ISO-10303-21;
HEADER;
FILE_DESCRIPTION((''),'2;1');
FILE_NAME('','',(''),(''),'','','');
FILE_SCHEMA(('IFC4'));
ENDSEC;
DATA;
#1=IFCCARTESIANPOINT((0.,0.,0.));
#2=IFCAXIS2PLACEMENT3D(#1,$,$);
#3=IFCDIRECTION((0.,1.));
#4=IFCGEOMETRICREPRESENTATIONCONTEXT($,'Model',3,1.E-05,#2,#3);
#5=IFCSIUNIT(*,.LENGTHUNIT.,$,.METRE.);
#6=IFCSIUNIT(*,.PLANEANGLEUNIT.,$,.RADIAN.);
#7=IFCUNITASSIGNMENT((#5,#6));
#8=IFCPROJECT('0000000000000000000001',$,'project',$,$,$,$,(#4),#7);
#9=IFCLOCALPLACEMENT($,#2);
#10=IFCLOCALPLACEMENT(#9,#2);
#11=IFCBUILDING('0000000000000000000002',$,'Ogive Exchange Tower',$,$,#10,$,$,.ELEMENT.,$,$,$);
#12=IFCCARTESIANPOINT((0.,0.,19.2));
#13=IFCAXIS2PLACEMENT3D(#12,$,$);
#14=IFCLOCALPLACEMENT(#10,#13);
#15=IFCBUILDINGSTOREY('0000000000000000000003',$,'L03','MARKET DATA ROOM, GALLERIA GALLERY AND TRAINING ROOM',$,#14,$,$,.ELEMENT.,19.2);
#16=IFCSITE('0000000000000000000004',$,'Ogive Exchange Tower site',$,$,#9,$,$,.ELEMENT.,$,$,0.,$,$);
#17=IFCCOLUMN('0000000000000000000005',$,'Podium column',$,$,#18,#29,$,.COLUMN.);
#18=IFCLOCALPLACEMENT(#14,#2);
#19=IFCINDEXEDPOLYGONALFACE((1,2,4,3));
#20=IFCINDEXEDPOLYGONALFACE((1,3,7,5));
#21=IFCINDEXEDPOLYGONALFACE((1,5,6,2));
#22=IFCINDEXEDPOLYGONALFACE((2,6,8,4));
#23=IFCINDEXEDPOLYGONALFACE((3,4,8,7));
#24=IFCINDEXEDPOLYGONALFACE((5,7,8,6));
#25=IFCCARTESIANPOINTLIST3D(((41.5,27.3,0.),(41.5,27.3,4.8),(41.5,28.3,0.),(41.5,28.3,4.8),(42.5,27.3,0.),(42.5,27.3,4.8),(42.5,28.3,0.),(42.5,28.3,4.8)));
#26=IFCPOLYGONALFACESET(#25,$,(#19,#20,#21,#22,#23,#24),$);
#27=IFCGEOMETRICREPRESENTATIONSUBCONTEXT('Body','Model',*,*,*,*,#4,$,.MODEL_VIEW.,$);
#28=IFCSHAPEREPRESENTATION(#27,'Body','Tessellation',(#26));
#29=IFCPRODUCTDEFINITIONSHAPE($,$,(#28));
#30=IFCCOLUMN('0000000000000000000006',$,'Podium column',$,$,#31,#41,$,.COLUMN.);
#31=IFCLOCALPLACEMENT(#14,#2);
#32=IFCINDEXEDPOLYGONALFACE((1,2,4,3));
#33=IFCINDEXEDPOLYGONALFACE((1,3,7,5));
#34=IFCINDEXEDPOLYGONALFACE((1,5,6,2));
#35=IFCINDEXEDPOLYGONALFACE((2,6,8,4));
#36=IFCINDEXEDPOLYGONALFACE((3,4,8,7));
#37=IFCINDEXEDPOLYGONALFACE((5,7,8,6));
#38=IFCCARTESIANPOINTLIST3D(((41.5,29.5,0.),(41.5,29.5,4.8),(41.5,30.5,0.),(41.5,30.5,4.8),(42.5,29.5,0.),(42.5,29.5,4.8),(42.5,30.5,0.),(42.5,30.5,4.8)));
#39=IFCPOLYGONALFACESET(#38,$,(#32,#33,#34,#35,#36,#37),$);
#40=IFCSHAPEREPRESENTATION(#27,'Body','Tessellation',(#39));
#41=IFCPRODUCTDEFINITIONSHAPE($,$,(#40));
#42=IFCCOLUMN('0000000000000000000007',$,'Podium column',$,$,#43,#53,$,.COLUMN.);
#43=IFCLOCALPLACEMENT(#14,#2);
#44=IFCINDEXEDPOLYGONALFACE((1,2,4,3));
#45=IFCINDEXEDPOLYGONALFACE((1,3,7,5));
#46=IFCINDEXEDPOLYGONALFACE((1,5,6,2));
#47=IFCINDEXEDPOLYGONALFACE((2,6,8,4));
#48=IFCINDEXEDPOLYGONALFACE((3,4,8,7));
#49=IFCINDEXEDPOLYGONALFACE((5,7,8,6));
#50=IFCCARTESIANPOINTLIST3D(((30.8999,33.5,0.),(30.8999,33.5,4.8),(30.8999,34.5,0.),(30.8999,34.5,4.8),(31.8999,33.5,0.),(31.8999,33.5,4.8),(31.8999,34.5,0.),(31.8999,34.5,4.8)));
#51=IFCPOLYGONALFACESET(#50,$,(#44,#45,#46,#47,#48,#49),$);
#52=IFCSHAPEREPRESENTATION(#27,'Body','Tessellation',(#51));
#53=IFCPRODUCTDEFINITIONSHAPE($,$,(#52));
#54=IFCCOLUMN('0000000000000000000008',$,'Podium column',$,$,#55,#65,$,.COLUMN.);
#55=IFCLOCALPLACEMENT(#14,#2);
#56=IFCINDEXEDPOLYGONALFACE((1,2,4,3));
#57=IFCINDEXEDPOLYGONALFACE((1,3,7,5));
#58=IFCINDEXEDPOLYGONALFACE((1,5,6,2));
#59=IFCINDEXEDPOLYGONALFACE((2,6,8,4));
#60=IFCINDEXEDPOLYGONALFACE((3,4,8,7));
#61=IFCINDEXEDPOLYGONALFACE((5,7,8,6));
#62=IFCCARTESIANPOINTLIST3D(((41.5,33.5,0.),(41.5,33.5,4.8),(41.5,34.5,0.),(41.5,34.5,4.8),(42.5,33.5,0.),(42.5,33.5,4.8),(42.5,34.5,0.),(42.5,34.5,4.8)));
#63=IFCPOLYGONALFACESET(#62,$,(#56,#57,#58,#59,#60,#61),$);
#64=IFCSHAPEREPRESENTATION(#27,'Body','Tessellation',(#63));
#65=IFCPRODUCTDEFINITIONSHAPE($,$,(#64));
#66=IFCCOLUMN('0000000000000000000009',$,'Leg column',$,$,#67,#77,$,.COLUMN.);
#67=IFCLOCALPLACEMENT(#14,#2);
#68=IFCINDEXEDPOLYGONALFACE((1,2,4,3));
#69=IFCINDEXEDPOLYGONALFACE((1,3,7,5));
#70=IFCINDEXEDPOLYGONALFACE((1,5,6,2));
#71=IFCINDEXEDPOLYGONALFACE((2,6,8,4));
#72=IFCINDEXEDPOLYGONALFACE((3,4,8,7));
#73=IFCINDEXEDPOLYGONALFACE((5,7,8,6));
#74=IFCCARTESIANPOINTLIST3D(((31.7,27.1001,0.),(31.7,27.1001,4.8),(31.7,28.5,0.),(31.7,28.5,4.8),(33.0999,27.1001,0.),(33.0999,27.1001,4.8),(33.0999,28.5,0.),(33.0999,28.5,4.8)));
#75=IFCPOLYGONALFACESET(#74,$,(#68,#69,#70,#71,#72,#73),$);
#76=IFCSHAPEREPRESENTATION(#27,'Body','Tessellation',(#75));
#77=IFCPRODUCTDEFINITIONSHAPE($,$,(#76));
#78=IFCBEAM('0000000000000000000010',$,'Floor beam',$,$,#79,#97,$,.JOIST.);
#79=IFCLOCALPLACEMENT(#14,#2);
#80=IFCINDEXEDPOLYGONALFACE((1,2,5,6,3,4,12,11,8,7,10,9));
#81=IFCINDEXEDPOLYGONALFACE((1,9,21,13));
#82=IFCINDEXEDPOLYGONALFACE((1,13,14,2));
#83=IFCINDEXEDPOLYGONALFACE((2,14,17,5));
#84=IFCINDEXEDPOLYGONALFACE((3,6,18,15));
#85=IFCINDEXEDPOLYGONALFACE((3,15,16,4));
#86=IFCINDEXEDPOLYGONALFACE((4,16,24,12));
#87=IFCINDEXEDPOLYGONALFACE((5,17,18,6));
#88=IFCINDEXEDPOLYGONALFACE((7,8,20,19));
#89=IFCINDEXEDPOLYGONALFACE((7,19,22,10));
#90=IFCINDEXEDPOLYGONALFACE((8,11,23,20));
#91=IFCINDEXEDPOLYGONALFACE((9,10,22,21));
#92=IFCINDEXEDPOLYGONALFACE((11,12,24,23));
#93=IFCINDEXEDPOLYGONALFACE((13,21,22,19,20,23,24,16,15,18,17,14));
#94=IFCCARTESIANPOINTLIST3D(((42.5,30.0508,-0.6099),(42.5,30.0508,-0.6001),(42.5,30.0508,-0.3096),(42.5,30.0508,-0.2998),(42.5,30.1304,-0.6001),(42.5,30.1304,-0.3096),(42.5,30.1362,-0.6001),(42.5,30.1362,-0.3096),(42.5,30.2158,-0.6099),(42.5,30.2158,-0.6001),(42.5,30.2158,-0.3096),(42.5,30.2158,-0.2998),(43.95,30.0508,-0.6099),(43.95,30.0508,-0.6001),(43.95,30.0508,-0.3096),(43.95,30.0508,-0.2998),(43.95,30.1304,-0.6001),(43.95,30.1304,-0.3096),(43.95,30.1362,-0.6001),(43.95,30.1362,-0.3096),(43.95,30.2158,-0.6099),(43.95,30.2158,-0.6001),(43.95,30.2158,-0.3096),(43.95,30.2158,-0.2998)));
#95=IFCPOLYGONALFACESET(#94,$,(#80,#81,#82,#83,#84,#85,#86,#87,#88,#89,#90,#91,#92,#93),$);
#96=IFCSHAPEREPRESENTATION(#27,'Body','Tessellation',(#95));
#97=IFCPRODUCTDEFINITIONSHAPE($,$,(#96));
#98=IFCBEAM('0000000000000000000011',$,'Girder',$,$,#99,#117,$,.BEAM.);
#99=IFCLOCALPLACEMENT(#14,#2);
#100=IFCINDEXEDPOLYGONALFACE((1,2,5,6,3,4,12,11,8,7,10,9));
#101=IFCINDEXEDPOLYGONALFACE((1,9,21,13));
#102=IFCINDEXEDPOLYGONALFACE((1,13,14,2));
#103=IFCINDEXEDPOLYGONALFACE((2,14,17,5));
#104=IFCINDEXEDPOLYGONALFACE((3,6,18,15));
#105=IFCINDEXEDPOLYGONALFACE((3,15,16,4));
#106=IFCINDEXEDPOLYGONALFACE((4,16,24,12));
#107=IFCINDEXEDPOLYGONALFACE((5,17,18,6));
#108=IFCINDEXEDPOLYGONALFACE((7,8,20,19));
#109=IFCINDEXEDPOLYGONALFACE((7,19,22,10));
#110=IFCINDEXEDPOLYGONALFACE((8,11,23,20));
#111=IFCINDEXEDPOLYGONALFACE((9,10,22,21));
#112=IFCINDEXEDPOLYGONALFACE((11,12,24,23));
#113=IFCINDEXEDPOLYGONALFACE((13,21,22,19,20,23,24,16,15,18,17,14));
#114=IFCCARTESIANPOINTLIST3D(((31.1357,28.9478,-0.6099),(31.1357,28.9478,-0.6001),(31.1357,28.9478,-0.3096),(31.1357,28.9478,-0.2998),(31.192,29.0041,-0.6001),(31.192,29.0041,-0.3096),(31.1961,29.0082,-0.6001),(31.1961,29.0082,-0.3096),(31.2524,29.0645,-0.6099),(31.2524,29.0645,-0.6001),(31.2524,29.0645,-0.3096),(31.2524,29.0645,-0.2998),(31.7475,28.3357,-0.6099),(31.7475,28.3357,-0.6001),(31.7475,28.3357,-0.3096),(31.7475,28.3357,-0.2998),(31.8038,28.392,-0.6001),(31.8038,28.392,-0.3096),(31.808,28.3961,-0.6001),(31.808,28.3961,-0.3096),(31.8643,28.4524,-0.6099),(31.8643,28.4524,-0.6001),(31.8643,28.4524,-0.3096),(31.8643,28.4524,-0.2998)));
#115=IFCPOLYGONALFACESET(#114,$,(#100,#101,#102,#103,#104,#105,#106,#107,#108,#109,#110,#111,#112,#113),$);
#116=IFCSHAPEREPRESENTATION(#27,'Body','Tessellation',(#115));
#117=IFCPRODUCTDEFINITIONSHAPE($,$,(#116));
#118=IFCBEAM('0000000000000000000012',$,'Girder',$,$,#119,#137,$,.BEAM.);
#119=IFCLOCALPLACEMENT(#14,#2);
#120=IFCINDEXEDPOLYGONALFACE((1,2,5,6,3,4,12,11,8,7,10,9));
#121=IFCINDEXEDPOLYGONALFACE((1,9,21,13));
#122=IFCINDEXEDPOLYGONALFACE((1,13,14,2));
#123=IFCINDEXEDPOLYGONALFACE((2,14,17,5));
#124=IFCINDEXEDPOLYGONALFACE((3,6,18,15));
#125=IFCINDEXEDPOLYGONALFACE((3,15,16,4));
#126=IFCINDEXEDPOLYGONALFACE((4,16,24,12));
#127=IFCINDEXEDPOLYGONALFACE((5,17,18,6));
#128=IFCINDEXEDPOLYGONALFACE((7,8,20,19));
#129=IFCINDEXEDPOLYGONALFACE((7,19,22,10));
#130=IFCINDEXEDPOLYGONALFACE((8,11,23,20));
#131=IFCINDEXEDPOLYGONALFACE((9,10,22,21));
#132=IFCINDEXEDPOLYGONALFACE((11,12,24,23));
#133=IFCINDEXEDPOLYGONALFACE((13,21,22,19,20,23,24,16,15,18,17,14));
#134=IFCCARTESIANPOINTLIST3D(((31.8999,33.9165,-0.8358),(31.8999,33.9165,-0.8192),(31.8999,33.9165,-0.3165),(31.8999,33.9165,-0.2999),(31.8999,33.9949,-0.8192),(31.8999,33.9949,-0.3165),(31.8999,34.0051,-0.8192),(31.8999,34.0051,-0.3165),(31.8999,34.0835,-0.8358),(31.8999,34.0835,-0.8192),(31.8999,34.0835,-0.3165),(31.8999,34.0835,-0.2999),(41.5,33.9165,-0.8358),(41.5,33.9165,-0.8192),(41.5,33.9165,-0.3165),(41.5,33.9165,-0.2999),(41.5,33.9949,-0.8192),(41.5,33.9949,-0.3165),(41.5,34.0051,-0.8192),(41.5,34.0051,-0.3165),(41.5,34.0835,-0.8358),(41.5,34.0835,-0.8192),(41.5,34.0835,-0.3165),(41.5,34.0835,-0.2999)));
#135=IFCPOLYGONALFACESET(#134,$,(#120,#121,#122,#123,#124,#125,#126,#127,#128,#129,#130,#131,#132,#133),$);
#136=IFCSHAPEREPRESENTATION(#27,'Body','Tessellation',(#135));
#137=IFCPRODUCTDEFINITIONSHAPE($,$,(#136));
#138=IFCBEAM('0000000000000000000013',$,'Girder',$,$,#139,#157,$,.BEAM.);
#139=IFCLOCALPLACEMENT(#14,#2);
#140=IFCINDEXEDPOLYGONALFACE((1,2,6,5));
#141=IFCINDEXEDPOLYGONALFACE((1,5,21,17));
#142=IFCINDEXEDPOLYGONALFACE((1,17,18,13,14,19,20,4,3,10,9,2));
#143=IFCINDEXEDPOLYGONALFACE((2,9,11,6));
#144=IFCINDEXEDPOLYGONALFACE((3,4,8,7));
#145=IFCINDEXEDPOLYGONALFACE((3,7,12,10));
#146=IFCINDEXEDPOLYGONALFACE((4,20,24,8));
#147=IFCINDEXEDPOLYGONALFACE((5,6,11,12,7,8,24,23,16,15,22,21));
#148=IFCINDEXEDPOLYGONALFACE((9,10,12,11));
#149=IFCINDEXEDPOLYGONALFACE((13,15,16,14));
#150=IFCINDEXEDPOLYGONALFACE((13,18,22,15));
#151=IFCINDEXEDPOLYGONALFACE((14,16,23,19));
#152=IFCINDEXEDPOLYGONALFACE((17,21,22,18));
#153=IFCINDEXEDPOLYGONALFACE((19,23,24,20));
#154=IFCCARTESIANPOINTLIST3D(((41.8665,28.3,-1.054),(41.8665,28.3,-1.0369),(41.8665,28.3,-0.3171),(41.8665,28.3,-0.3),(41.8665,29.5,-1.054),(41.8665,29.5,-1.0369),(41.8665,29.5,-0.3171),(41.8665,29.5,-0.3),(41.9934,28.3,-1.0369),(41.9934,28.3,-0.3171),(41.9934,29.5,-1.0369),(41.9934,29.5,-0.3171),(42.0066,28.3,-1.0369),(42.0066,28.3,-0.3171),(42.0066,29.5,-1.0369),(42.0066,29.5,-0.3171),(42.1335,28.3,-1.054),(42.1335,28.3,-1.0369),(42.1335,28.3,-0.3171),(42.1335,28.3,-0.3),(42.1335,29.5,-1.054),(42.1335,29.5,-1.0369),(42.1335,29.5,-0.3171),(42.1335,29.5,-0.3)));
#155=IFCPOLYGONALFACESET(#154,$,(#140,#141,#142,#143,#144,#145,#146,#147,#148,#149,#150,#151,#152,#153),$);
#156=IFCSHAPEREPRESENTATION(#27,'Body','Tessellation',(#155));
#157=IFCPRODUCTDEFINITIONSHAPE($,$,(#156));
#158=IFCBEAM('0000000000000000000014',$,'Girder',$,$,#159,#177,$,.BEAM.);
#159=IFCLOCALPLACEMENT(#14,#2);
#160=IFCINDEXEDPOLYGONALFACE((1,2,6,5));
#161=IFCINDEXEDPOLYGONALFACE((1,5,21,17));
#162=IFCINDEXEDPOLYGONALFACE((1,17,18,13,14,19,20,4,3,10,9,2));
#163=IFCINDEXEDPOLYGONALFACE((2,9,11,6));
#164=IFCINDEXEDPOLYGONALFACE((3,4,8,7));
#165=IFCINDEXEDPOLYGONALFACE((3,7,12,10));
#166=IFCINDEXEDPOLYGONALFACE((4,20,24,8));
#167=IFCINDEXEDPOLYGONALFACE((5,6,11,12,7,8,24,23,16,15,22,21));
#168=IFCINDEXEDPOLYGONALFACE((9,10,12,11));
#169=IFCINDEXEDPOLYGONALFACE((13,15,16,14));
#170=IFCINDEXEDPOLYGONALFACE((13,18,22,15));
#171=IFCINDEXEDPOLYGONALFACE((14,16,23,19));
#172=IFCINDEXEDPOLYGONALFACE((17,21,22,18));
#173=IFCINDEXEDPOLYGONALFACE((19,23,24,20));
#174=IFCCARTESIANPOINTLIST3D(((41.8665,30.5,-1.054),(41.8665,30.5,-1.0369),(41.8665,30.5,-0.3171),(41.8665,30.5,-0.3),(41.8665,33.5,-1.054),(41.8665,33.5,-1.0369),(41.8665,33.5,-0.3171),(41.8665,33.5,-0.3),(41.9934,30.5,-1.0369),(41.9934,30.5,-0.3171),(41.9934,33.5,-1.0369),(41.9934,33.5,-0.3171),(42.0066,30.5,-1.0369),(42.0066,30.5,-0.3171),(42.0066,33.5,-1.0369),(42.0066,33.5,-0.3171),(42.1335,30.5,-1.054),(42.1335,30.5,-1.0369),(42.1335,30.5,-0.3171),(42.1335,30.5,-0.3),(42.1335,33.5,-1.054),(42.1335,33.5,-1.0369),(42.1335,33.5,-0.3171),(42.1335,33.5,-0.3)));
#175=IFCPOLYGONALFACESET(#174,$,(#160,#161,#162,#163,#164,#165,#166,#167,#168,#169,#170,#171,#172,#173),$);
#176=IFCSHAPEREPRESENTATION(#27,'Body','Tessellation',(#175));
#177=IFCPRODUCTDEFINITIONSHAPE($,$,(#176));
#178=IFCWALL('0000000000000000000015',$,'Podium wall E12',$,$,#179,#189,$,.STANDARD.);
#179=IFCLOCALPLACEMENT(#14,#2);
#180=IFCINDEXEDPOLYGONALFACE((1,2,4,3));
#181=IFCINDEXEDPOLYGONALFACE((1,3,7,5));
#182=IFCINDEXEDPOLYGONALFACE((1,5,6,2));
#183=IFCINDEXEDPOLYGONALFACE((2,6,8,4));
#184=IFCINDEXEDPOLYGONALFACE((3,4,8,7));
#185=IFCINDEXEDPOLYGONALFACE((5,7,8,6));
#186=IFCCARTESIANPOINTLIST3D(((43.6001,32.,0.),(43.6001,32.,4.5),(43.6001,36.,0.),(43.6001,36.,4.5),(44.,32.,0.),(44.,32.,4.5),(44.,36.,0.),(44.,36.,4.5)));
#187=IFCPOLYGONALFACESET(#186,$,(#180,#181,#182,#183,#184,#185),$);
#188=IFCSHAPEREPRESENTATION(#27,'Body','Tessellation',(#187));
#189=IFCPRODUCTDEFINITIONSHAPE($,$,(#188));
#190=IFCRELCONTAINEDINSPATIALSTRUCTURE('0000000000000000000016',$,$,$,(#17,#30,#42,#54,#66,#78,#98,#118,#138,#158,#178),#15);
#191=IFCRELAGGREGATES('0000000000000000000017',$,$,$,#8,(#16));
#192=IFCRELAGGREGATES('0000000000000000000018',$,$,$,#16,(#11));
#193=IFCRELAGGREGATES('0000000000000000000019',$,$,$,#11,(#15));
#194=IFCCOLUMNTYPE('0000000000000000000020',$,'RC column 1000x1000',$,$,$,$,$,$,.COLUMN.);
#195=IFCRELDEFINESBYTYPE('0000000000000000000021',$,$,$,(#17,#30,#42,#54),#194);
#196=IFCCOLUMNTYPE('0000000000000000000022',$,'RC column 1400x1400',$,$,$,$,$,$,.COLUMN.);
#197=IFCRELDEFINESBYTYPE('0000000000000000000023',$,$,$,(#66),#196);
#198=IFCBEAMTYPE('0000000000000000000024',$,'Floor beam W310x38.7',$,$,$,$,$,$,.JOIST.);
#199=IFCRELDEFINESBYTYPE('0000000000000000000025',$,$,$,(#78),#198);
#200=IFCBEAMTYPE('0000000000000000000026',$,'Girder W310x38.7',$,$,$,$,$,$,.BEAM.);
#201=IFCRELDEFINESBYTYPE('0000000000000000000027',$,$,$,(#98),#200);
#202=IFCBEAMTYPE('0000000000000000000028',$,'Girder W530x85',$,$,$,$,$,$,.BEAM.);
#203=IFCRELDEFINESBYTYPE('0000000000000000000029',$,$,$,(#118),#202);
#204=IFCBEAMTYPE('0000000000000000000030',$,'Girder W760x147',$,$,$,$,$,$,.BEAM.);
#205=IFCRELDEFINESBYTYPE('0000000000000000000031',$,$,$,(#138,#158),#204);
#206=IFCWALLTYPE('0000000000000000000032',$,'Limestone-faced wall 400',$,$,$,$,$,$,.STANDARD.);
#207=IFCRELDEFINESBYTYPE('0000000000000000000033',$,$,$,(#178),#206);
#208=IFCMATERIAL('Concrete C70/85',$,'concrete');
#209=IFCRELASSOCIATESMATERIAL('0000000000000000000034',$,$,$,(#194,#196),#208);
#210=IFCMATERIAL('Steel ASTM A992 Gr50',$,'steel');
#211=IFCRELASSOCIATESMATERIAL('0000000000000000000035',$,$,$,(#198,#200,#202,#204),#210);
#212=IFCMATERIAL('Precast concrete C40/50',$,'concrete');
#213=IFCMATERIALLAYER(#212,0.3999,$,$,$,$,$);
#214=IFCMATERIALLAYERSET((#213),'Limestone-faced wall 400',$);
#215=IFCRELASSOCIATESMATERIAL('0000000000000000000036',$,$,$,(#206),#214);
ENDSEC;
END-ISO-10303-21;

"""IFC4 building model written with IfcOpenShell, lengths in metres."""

from ifc_helpers import new_model, si_unit, direction, frame, frame_2d, origin, origin_2d, place, context, subcontext, project, spatial, rectangle, i_section, extrude, material, layer, layer_set, material_profile, profile_set, type_object, element, save


model = new_model("IFC4")

# Units and contexts
model_context = context("Model", 3, precision=1e-05, world=origin(), true_north=direction((0.0, 1.0)))
body_context = subcontext(model_context, "Body", "Model", "MODEL_VIEW")
ifc_project = project(units=[si_unit("LENGTHUNIT", "METRE"), si_unit("PLANEANGLEUNIT", "RADIAN")], contexts=[model_context])

# Site, building, storey
site_placement = place(None, origin())
site = spatial("IfcSite", under=ifc_project, at=site_placement, Name="Ogive Exchange Tower site", CompositionType="ELEMENT", RefElevation=0.0)
building_placement = place(site_placement, origin())
building = spatial("IfcBuilding", under=site, at=building_placement, Name="Ogive Exchange Tower", CompositionType="ELEMENT")
storey_placement = place(building_placement, frame((0.0, 0.0, 19.2)))
storey = spatial("IfcBuildingStorey", under=building, at=storey_placement, Name="L03", Description="MARKET DATA ROOM, GALLERIA GALLERY AND TRAINING ROOM", CompositionType="ELEMENT", Elevation=19.2)

# Columns
ifc_material_1 = material(Name="Concrete C70/85", Category="concrete")
ifc_material_profile_1 = material_profile(ifc_material_1, rectangle(XDim=1.0, YDim=1.0, at=origin_2d()), Name="RC 1000x1000")
ifc_profile_set_1 = profile_set([ifc_material_profile_1], Name="Concrete C70/85")
column_type_1 = type_object("IfcColumnType", Name="RC column 1000x1000", PredefinedType="COLUMN", material=ifc_profile_set_1)
for number, where, z_axis, x_axis, name in (
    (1, (42.0, 27.8, 0.0), (0.0, 0.0, 1.0), (1.0, 0.0, 0.0), "Podium column"),
    (2, (42.0, 30.0, 0.0), (0.0, 0.0, 1.0), (1.0, 0.0, 0.0), "Podium column"),
    (3, (31.3999, 34.0, 0.0), (0.0, 0.0, 1.0), (1.0, 0.0, 0.0), "Podium column"),
    (4, (42.0, 34.0, 0.0), (0.0, 0.0, 1.0), (1.0, 0.0, 0.0), "Podium column"),
):
    element("IfcColumn", number, at=place(storey_placement, frame(where, z_axis=z_axis, x_axis=x_axis)), inside=storey, type_object=column_type_1, Name=name, PredefinedType="COLUMN", context=body_context, shape_type="SweptSolid", body=[
        extrude(rectangle(XDim=1.0, YDim=1.0, at=origin_2d()), origin(), (0.0, 0.0, 1.0), 4.8),
    ])
ifc_material_profile_2 = material_profile(ifc_material_1, rectangle(XDim=1.3999, YDim=1.3999, at=origin_2d()), Name="RC 1400x1400")
ifc_profile_set_2 = profile_set([ifc_material_profile_2], Name="Concrete C70/85")
column_type_2 = type_object("IfcColumnType", Name="RC column 1400x1400", PredefinedType="COLUMN", material=ifc_profile_set_2)
column_placement = place(storey_placement, frame((32.3999, 27.8, 0.0), z_axis=(0.0, 0.0, 1.0), x_axis=(1.0, 0.0, 0.0)))
element("IfcColumn", 5, at=column_placement, inside=storey, type_object=column_type_2, Name="Leg column", PredefinedType="COLUMN", context=body_context, shape_type="SweptSolid", body=[
    extrude(rectangle(XDim=1.3999, YDim=1.3999, at=origin_2d()), origin(), (0.0, 0.0, 1.0), 4.8),
])

# Beams
ifc_material_2 = material(Name="Steel ASTM A992 Gr50", Category="steel")
ifc_material_profile_3 = material_profile(ifc_material_2, i_section(OverallWidth=0.165, OverallDepth=0.3101, WebThickness=0.0059, FlangeThickness=0.0098, at=origin_2d()), Name="W310x38.7")
ifc_profile_set_3 = profile_set([ifc_material_profile_3], Name="Steel ASTM A992 Gr50")
beam_type_1 = type_object("IfcBeamType", Name="Floor beam W310x38.7", PredefinedType="JOIST", material=ifc_profile_set_3)
beam_1_placement = place(storey_placement, frame((42.5, 30.1333, -0.4548), z_axis=(1.0, 0.0, 0.0), x_axis=(0.0, 1.0, 0.0)))
element("IfcBeam", 6, at=beam_1_placement, inside=storey, type_object=beam_type_1, Name="Floor beam", PredefinedType="JOIST", context=body_context, shape_type="SweptSolid", body=[
    extrude(i_section(OverallWidth=0.165, OverallDepth=0.3101, WebThickness=0.0059, FlangeThickness=0.0098, at=origin_2d()), origin(), (0.0, 0.0, 1.0), 1.45),
])
ifc_material_profile_4 = material_profile(ifc_material_2, i_section(OverallWidth=0.165, OverallDepth=0.3101, WebThickness=0.0059, FlangeThickness=0.0098, at=origin_2d()), Name="W310x38.7")
ifc_profile_set_4 = profile_set([ifc_material_profile_4], Name="Steel ASTM A992 Gr50")
beam_type_2 = type_object("IfcBeamType", Name="Girder W310x38.7", PredefinedType="BEAM", material=ifc_profile_set_4)
beam_2_placement = place(storey_placement, frame((31.8059, 28.394, -0.4548), z_axis=(-0.706966, 0.707248, 0.0), x_axis=(-0.707248, -0.706966, 0.0)))
element("IfcBeam", 7, at=beam_2_placement, inside=storey, type_object=beam_type_2, Name="Girder", PredefinedType="BEAM", context=body_context, shape_type="SweptSolid", body=[
    extrude(i_section(OverallWidth=0.165, OverallDepth=0.3101, WebThickness=0.0059, FlangeThickness=0.0098, at=origin_2d()), origin(), (0.0, 0.0, 1.0), 0.8655),
])
ifc_material_profile_5 = material_profile(ifc_material_2, i_section(OverallWidth=0.167, OverallDepth=0.5359, WebThickness=0.0103, FlangeThickness=0.0166, at=origin_2d()), Name="W530x85")
ifc_profile_set_5 = profile_set([ifc_material_profile_5], Name="Steel ASTM A992 Gr50")
beam_type_3 = type_object("IfcBeamType", Name="Girder W530x85", PredefinedType="BEAM", material=ifc_profile_set_5)
beam_3_placement = place(storey_placement, frame((31.8999, 34.0, -0.5679), z_axis=(1.0, 0.0, 0.0), x_axis=(0.0, 1.0, 0.0)))
element("IfcBeam", 8, at=beam_3_placement, inside=storey, type_object=beam_type_3, Name="Girder", PredefinedType="BEAM", context=body_context, shape_type="SweptSolid", body=[
    extrude(i_section(OverallWidth=0.167, OverallDepth=0.5359, WebThickness=0.0103, FlangeThickness=0.0166, at=origin_2d()), origin(), (0.0, 0.0, 1.0), 9.6001),
])
ifc_material_profile_6 = material_profile(ifc_material_2, i_section(OverallWidth=0.2671, OverallDepth=0.7539, WebThickness=0.0132, FlangeThickness=0.0171, at=origin_2d()), Name="W760x147")
ifc_profile_set_6 = profile_set([ifc_material_profile_6], Name="Steel ASTM A992 Gr50")
beam_type_4 = type_object("IfcBeamType", Name="Girder W760x147", PredefinedType="BEAM", material=ifc_profile_set_6)
beam_4_placement = place(storey_placement, frame((42.0, 28.3, -0.677), z_axis=(0.0, 1.0, 0.0), x_axis=(-1.0, 0.0, 0.0)))
element("IfcBeam", 9, at=beam_4_placement, inside=storey, type_object=beam_type_4, Name="Girder", PredefinedType="BEAM", context=body_context, shape_type="SweptSolid", body=[
    extrude(i_section(OverallWidth=0.2671, OverallDepth=0.7539, WebThickness=0.0132, FlangeThickness=0.0171, at=origin_2d()), origin(), (0.0, 0.0, 1.0), 1.2),
])
beam_5_placement = place(storey_placement, frame((42.0, 30.5, -0.677), z_axis=(0.0, 1.0, 0.0), x_axis=(-1.0, 0.0, 0.0)))
element("IfcBeam", 10, at=beam_5_placement, inside=storey, type_object=beam_type_4, Name="Girder", PredefinedType="BEAM", context=body_context, shape_type="SweptSolid", body=[
    extrude(i_section(OverallWidth=0.2671, OverallDepth=0.7539, WebThickness=0.0132, FlangeThickness=0.0171, at=origin_2d()), origin(), (0.0, 0.0, 1.0), 3.0),
])

# Wall
ifc_material_3 = material(Name="Precast concrete C40/50", Category="concrete")
ifc_layer_1 = layer(ifc_material_3, 0.3999)
ifc_layer_set_1 = layer_set([ifc_layer_1], Name="Limestone-faced wall 400")
wall_type_1 = type_object("IfcWallType", Name="Limestone-faced wall 400", PredefinedType="STANDARD", material=ifc_layer_set_1)
wall_1_placement = place(storey_placement, frame((43.8, 32.0, 0.0), z_axis=(0.0, 0.0, 1.0), x_axis=(0.0, 1.0, 0.0)))
element("IfcWall", 11, at=wall_1_placement, inside=storey, type_object=wall_type_1, Name="Podium wall E12", PredefinedType="STANDARD", context=body_context, shape_type="SweptSolid", body=[
    extrude(rectangle(XDim=4.0, YDim=0.3999, at=frame_2d((2.0, 0.0))), origin(), (0.0, 0.0, 1.0), 4.5),
])

save(model, "model.ifc")
